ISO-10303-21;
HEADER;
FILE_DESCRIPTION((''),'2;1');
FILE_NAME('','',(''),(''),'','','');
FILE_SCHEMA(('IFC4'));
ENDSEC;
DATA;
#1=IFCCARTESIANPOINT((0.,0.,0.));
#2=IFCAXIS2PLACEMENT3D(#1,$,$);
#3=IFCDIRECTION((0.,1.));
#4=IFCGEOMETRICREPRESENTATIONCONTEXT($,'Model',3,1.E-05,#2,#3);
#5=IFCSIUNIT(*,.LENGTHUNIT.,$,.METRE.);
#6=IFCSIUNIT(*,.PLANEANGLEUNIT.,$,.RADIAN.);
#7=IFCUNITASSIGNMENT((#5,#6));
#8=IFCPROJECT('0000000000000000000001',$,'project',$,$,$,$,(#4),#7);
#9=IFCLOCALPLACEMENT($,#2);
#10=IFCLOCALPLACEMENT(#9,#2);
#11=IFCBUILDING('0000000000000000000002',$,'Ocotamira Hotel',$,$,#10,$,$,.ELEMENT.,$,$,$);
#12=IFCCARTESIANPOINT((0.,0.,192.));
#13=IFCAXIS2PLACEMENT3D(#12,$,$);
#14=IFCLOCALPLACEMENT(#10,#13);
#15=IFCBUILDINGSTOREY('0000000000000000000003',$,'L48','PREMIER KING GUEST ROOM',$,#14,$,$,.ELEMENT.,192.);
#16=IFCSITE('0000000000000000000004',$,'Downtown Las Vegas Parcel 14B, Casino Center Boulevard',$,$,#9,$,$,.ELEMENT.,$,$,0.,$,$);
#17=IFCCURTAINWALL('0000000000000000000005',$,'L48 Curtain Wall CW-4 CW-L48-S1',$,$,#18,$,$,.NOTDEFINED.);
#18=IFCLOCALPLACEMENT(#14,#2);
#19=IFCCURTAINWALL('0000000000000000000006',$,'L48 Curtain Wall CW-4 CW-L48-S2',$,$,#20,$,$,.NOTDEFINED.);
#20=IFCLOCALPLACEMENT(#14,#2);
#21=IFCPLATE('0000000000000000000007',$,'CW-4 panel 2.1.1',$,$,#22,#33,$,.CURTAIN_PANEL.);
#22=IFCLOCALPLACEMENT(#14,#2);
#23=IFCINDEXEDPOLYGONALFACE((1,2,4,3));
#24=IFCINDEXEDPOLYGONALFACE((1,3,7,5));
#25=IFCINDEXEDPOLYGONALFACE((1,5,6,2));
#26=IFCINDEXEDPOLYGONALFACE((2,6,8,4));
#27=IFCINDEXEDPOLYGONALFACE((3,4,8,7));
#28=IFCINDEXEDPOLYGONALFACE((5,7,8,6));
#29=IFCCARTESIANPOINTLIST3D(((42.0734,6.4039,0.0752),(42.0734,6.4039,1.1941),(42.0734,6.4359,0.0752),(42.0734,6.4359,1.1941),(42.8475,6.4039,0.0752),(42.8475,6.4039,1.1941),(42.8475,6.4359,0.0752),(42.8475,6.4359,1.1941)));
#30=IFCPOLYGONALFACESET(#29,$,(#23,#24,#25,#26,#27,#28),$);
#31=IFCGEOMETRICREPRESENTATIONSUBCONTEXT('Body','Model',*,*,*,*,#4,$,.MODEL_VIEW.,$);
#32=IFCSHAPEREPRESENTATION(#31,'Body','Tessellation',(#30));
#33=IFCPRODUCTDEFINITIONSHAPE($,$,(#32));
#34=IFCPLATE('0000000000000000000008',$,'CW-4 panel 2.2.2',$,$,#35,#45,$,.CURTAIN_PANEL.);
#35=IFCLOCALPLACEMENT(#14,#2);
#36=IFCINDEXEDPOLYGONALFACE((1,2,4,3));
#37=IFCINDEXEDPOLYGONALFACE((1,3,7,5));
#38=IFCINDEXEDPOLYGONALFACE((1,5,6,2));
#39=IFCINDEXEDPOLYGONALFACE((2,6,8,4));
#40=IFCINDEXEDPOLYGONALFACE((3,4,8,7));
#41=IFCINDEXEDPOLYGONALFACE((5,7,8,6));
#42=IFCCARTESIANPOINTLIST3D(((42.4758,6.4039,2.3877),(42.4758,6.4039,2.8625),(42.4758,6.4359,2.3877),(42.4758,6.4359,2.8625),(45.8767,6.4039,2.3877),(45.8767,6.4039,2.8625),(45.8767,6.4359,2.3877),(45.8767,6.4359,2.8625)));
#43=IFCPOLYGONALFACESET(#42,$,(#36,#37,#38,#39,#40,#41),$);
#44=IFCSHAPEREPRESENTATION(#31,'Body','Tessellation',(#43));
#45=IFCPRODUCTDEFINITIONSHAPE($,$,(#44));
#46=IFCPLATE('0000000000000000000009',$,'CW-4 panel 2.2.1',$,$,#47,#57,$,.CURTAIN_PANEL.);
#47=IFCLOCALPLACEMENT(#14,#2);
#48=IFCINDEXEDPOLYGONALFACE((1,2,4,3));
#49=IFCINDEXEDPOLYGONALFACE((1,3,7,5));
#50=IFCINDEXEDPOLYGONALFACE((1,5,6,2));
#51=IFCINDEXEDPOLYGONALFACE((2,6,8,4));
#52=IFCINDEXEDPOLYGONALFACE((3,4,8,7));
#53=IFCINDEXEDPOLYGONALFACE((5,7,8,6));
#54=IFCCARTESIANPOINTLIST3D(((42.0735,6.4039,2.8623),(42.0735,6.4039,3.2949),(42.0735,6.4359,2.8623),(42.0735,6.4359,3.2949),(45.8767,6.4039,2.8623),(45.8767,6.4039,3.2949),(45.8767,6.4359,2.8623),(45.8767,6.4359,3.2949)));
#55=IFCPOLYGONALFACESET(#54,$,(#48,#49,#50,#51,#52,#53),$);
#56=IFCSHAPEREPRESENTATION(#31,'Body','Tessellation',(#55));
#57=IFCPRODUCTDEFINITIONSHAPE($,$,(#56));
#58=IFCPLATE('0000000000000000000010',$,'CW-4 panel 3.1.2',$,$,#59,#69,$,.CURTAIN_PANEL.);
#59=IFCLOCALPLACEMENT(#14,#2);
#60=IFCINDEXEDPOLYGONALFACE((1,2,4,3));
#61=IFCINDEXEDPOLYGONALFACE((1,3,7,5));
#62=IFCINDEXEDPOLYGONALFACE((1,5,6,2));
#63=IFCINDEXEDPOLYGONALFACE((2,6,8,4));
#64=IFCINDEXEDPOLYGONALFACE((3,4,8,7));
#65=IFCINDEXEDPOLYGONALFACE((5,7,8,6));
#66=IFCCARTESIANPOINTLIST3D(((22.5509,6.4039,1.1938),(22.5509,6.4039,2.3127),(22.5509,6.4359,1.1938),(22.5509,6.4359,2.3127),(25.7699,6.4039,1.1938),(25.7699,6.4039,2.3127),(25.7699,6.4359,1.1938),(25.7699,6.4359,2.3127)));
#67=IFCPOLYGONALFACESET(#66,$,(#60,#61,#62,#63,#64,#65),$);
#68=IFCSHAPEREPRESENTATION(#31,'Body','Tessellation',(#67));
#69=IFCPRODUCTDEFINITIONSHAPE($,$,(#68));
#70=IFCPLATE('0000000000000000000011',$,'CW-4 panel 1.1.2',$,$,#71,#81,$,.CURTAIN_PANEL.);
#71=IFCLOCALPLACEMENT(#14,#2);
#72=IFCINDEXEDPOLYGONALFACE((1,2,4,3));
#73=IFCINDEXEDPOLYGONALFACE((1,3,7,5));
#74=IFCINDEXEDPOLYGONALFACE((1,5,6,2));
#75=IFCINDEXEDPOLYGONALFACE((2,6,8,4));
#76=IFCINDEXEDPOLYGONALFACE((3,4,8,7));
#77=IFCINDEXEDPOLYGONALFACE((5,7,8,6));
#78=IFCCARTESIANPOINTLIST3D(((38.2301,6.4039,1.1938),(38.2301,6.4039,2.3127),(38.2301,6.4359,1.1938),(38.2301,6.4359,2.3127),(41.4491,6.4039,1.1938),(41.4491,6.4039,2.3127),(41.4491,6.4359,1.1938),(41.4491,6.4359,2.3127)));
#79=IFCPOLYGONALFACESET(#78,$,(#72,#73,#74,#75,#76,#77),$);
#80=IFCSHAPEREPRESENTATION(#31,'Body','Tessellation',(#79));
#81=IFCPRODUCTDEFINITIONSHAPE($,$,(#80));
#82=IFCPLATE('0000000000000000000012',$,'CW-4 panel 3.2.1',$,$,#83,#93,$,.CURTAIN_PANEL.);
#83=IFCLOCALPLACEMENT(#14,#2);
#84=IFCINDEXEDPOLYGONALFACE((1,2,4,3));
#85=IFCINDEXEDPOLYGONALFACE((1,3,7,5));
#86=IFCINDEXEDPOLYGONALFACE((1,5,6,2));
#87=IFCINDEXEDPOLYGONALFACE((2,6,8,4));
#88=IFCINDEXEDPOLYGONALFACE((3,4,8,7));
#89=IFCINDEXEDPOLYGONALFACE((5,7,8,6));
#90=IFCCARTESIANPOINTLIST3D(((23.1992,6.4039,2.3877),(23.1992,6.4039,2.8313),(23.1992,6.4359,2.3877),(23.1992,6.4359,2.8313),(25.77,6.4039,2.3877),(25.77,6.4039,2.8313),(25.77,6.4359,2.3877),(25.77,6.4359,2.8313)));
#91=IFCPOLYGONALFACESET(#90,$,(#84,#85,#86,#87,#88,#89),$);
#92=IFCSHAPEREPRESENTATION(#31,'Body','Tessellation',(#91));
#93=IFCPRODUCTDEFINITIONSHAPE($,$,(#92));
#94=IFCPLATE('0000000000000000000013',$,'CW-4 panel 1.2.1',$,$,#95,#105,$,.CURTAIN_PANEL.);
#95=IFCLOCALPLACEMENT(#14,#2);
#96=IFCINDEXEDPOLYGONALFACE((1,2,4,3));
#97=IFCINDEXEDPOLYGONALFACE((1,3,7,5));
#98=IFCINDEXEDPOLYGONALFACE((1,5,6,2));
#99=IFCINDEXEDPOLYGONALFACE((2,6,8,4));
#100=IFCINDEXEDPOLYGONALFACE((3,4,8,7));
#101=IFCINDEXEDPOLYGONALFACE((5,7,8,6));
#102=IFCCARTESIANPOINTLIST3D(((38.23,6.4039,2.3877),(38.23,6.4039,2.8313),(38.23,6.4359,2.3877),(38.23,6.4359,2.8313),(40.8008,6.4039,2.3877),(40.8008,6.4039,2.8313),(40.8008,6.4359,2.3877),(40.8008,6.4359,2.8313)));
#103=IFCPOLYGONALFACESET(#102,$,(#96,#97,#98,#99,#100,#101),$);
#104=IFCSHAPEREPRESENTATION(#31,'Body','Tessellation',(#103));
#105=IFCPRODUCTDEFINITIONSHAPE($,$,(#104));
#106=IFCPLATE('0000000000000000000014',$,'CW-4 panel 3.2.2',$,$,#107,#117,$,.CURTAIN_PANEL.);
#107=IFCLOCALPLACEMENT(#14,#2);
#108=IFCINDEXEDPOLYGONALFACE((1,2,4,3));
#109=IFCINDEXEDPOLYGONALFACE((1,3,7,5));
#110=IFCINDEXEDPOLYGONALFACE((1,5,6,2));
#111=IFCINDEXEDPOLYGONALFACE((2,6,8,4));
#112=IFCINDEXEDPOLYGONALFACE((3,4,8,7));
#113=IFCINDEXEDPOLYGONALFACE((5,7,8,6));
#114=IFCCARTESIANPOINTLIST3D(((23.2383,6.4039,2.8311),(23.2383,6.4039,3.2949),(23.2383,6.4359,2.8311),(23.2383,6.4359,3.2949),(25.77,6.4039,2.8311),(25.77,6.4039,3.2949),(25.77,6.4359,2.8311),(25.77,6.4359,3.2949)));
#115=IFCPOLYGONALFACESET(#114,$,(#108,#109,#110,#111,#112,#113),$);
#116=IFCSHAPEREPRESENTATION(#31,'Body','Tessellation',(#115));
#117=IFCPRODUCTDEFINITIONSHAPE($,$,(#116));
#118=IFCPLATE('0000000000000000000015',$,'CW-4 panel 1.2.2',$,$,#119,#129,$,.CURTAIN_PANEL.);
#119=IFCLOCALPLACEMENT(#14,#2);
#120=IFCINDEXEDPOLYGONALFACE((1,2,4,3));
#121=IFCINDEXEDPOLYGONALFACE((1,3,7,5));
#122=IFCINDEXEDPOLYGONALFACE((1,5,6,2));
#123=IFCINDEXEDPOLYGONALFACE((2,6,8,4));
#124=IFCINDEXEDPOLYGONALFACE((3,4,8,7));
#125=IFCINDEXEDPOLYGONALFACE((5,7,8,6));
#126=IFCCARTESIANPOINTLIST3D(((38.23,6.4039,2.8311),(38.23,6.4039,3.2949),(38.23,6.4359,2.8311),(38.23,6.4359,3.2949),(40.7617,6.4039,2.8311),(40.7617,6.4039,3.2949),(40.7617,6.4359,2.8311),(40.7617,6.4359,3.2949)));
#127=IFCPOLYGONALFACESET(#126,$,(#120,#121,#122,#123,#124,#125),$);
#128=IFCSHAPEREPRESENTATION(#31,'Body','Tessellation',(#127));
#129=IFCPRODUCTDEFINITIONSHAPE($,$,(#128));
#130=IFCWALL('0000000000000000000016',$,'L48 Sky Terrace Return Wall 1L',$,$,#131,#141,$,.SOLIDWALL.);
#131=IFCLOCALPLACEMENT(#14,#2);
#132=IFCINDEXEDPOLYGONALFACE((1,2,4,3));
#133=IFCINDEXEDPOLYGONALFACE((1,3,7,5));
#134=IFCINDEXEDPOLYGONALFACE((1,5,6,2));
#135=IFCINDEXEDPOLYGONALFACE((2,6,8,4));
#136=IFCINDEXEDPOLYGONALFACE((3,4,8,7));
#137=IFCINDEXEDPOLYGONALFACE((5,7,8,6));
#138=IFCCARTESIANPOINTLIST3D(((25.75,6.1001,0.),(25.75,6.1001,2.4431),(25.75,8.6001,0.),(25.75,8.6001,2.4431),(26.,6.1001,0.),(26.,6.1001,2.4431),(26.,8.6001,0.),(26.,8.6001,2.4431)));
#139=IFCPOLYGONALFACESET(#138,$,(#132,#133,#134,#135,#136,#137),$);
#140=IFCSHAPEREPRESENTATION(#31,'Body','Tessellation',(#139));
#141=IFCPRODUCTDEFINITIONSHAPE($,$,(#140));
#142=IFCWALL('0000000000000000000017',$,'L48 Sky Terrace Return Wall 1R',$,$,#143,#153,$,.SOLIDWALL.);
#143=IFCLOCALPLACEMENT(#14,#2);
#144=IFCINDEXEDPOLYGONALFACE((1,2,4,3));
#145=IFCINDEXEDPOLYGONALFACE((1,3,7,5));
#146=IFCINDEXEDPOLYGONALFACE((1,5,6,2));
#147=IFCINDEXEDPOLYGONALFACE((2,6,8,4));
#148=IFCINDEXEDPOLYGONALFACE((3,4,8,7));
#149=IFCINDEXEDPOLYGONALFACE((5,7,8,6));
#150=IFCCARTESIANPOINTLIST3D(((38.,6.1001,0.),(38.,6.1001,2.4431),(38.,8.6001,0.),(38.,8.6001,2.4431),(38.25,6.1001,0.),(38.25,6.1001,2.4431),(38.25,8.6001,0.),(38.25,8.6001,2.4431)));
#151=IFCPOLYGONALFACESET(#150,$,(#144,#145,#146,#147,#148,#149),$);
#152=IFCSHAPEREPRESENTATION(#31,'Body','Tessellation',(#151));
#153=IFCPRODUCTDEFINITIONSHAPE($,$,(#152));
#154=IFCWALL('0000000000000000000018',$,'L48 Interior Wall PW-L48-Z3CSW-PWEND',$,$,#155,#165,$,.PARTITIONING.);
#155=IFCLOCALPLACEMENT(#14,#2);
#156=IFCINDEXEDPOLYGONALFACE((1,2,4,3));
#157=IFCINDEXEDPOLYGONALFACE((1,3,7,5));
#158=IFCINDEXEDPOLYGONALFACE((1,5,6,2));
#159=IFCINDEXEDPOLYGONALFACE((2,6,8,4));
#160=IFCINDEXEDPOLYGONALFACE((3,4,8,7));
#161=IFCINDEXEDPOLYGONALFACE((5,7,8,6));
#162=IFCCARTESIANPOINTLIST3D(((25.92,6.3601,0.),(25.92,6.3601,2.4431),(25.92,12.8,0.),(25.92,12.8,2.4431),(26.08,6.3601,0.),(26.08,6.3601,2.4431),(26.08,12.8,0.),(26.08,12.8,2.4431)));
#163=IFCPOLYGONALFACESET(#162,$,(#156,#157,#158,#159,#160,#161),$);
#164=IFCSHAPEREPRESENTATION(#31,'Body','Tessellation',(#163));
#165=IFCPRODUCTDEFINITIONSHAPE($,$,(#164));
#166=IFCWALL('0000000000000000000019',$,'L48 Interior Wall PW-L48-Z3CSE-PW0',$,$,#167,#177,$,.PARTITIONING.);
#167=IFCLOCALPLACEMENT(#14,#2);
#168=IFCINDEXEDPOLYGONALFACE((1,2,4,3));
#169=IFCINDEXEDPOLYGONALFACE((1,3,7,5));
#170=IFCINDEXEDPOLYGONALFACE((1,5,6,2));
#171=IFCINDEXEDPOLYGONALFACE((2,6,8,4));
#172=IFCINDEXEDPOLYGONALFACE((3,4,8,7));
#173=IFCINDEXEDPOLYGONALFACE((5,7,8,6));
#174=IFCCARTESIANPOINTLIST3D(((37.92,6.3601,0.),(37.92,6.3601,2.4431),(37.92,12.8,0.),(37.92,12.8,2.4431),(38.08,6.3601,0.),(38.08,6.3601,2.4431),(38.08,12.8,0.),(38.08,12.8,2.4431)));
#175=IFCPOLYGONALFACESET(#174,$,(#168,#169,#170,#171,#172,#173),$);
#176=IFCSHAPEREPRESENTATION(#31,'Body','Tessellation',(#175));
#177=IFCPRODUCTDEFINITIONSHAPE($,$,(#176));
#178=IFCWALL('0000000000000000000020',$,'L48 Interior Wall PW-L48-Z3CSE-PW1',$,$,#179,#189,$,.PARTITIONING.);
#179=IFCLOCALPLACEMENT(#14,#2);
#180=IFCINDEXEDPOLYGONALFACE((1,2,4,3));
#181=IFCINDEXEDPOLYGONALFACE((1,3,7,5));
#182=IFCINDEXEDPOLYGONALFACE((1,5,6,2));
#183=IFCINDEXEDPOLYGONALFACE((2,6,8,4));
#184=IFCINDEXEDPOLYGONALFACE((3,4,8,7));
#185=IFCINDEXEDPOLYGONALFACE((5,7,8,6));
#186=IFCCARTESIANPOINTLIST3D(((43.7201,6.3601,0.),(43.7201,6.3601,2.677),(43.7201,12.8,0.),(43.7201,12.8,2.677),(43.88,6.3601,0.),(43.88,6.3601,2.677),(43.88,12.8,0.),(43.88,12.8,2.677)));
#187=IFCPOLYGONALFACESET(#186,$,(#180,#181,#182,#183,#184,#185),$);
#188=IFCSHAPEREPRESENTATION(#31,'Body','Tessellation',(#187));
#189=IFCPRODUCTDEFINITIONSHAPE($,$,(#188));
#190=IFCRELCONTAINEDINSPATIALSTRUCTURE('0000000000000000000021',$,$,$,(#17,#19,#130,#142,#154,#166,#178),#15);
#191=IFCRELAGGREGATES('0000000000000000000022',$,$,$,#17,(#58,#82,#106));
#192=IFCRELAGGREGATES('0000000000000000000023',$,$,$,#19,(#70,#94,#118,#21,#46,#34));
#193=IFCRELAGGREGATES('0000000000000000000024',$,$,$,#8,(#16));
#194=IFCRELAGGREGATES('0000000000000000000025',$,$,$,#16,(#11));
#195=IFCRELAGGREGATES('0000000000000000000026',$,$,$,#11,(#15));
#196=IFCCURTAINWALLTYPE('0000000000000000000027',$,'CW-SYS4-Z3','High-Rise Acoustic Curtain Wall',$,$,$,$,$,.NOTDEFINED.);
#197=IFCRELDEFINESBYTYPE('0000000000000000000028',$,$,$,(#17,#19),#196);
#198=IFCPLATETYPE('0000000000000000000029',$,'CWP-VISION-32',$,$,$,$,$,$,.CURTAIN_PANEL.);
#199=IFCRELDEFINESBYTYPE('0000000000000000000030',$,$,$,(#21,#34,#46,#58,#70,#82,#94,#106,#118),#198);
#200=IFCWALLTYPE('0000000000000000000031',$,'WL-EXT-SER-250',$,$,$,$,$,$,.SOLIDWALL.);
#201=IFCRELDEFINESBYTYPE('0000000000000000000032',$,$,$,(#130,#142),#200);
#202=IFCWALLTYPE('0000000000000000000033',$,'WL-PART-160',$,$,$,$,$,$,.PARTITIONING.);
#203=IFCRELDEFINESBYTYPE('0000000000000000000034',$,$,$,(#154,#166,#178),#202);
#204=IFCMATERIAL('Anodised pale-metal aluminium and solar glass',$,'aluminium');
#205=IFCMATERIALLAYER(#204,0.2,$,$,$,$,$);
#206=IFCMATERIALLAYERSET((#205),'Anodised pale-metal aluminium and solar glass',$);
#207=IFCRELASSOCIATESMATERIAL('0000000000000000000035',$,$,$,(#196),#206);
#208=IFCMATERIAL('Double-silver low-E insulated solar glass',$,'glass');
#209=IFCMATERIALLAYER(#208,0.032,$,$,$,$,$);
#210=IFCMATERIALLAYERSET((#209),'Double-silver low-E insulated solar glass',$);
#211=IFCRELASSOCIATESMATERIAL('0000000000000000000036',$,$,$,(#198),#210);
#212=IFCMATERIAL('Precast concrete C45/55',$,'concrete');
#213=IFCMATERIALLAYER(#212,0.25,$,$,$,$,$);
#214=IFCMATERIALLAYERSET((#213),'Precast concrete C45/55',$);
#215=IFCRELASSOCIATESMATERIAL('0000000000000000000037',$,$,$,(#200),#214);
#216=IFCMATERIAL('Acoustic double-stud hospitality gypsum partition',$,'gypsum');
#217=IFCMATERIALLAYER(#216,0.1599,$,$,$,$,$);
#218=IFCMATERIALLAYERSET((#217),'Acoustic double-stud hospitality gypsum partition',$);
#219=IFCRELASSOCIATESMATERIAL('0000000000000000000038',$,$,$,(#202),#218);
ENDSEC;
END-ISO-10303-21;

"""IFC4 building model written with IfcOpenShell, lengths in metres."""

from ifc_helpers import new_model, si_unit, direction, frame, frame_2d, origin, origin_2d, place, context, subcontext, project, spatial, rectangle, extrude, source, transform, mapped, material, layer, layer_set, type_object, element, aggregate, save


model = new_model("IFC4")

# Units and contexts
model_context = context("Model", 3, precision=1e-05, world=origin(), true_north=direction((0.0, 1.0)))
body_context = subcontext(model_context, "Body", "Model", "MODEL_VIEW")
ifc_project = project(units=[si_unit("LENGTHUNIT", "METRE"), si_unit("PLANEANGLEUNIT", "RADIAN")], contexts=[model_context])

# Site, building, storey
site_placement = place(None, origin())
site = spatial("IfcSite", under=ifc_project, at=site_placement, Name="Downtown Las Vegas Parcel 14B, Casino Center Boulevard", CompositionType="ELEMENT", RefElevation=0.0)
building_placement = place(site_placement, origin())
building = spatial("IfcBuilding", under=site, at=building_placement, Name="Ocotamira Hotel", CompositionType="ELEMENT")
storey_placement = place(building_placement, frame((0.0, 0.0, 192.0)))
storey = spatial("IfcBuildingStorey", under=building, at=storey_placement, Name="L48", Description="PREMIER KING GUEST ROOM", CompositionType="ELEMENT", Elevation=192.0)

# Curtain wall
ifc_material_1 = material(Name="Anodised pale-metal aluminium and solar glass", Category="aluminium")
ifc_layer_1 = layer(ifc_material_1, 0.2)
ifc_layer_set_1 = layer_set([ifc_layer_1], Name="Anodised pale-metal aluminium and solar glass")
curtain_wall_type = type_object("IfcCurtainWallType", Name="CW-SYS4-Z3", Description="High-Rise Acoustic Curtain Wall", PredefinedType="NOTDEFINED", material=ifc_layer_set_1)
curtain_wall_1_placement = place(storey_placement, origin())
curtain_wall_1 = element("IfcCurtainWall", 1, at=curtain_wall_1_placement, inside=storey, type_object=curtain_wall_type, Name="L48 Curtain Wall CW-4 CW-L48-S1", PredefinedType="NOTDEFINED")

# Curtain wall
curtain_wall_2_placement = place(storey_placement, origin())
curtain_wall_2 = element("IfcCurtainWall", 2, at=curtain_wall_2_placement, inside=storey, type_object=curtain_wall_type, Name="L48 Curtain Wall CW-4 CW-L48-S2", PredefinedType="NOTDEFINED")

# Plates
ifc_material_2 = material(Name="Double-silver low-E insulated solar glass", Category="glass")
ifc_layer_2 = layer(ifc_material_2, 0.032)
ifc_layer_set_2 = layer_set([ifc_layer_2], Name="Double-silver low-E insulated solar glass")
plate_type_1 = type_object("IfcPlateType", Name="CWP-VISION-32", PredefinedType="CURTAIN_PANEL", material=ifc_layer_set_2)
shared_shape_1 = source(origin(), body_context, "Body", "SweptSolid", [
    extrude(rectangle(XDim=0.7742, YDim=0.032, at=origin_2d()), origin(), (0.0, 0.0, 1.0), 1.1189),
])
plate_1_placement = place(storey_placement, frame((42.4604, 6.4199, 0.0752), z_axis=(0.0, 0.0, 1.0), x_axis=(1.0, 0.0, 0.0)))
plate_1 = element("IfcPlate", 3, at=plate_1_placement, type_object=plate_type_1, Name="CW-4 panel 2.1.1", PredefinedType="CURTAIN_PANEL", context=body_context, shape_type="MappedRepresentation", body=[
    mapped(shared_shape_1, transform((0.0, 0.0, 0.0), scale=1.0)),
])
shared_shape_2 = source(origin(), body_context, "Body", "SweptSolid", [
    extrude(rectangle(XDim=3.4009, YDim=0.032, at=origin_2d()), origin(), (0.0, 0.0, 1.0), 0.4749),
])
plate_2_placement = place(storey_placement, frame((44.1763, 6.4199, 2.3877), z_axis=(0.0, 0.0, 1.0), x_axis=(1.0, 0.0, 0.0)))
plate_2 = element("IfcPlate", 4, at=plate_2_placement, type_object=plate_type_1, Name="CW-4 panel 2.2.2", PredefinedType="CURTAIN_PANEL", context=body_context, shape_type="MappedRepresentation", body=[
    mapped(shared_shape_2, transform((0.0, 0.0, 0.0), scale=1.0)),
])
shared_shape_3 = source(origin(), body_context, "Body", "SweptSolid", [
    extrude(rectangle(XDim=3.8032, YDim=0.032, at=origin_2d()), origin(), (0.0, 0.0, 1.0), 0.4326),
])
plate_3_placement = place(storey_placement, frame((43.9751, 6.4199, 2.8623), z_axis=(0.0, 0.0, 1.0), x_axis=(1.0, 0.0, 0.0)))
plate_3 = element("IfcPlate", 5, at=plate_3_placement, type_object=plate_type_1, Name="CW-4 panel 2.2.1", PredefinedType="CURTAIN_PANEL", context=body_context, shape_type="MappedRepresentation", body=[
    mapped(shared_shape_3, transform((0.0, 0.0, 0.0), scale=1.0)),
])
shared_shape_4 = source(origin(), body_context, "Body", "SweptSolid", [
    extrude(rectangle(XDim=3.219, YDim=0.032, at=origin_2d()), origin(), (0.0, 0.0, 1.0), 1.1189),
])
plate_4_placement = place(storey_placement, frame((24.1604, 6.4199, 1.1938), z_axis=(0.0, 0.0, 1.0), x_axis=(1.0, 0.0, 0.0)))
plate_4 = element("IfcPlate", 6, at=plate_4_placement, type_object=plate_type_1, Name="CW-4 panel 3.1.2", PredefinedType="CURTAIN_PANEL", context=body_context, shape_type="MappedRepresentation", body=[
    mapped(shared_shape_4, transform((0.0, 0.0, 0.0), scale=1.0)),
])
plate_5_placement = place(storey_placement, frame((39.8396, 6.4199, 1.1938), z_axis=(0.0, 0.0, 1.0), x_axis=(1.0, 0.0, 0.0)))
plate_5 = element("IfcPlate", 7, at=plate_5_placement, type_object=plate_type_1, Name="CW-4 panel 1.1.2", PredefinedType="CURTAIN_PANEL", context=body_context, shape_type="MappedRepresentation", body=[
    mapped(shared_shape_4, transform((0.0, 0.0, 0.0), scale=1.0)),
])
shared_shape_5 = source(origin(), body_context, "Body", "SweptSolid", [
    extrude(rectangle(XDim=2.5708, YDim=0.032, at=origin_2d()), origin(), (0.0, 0.0, 1.0), 0.4436),
])
plate_6_placement = place(storey_placement, frame((24.4846, 6.4199, 2.3877), z_axis=(0.0, 0.0, 1.0), x_axis=(1.0, 0.0, 0.0)))
plate_6 = element("IfcPlate", 8, at=plate_6_placement, type_object=plate_type_1, Name="CW-4 panel 3.2.1", PredefinedType="CURTAIN_PANEL", context=body_context, shape_type="MappedRepresentation", body=[
    mapped(shared_shape_5, transform((0.0, 0.0, 0.0), scale=1.0)),
])
plate_7_placement = place(storey_placement, frame((39.5154, 6.4199, 2.3877), z_axis=(0.0, 0.0, 1.0), x_axis=(1.0, 0.0, 0.0)))
plate_7 = element("IfcPlate", 9, at=plate_7_placement, type_object=plate_type_1, Name="CW-4 panel 1.2.1", PredefinedType="CURTAIN_PANEL", context=body_context, shape_type="MappedRepresentation", body=[
    mapped(shared_shape_5, transform((0.0, 0.0, 0.0), scale=1.0)),
])
shared_shape_6 = source(origin(), body_context, "Body", "SweptSolid", [
    extrude(rectangle(XDim=2.5317, YDim=0.032, at=origin_2d()), origin(), (0.0, 0.0, 1.0), 0.4639),
])
plate_8_placement = place(storey_placement, frame((24.5042, 6.4199, 2.8311), z_axis=(0.0, 0.0, 1.0), x_axis=(1.0, 0.0, 0.0)))
plate_8 = element("IfcPlate", 10, at=plate_8_placement, type_object=plate_type_1, Name="CW-4 panel 3.2.2", PredefinedType="CURTAIN_PANEL", context=body_context, shape_type="MappedRepresentation", body=[
    mapped(shared_shape_6, transform((0.0, 0.0, 0.0), scale=1.0)),
])
aggregate(curtain_wall_1, [plate_4, plate_6, plate_8])
plate_9_placement = place(storey_placement, frame((39.4958, 6.4199, 2.8311), z_axis=(0.0, 0.0, 1.0), x_axis=(1.0, 0.0, 0.0)))
plate_9 = element("IfcPlate", 11, at=plate_9_placement, type_object=plate_type_1, Name="CW-4 panel 1.2.2", PredefinedType="CURTAIN_PANEL", context=body_context, shape_type="MappedRepresentation", body=[
    mapped(shared_shape_6, transform((0.0, 0.0, 0.0), scale=1.0)),
])
aggregate(curtain_wall_2, [plate_5, plate_7, plate_9, plate_1, plate_3, plate_2])

# Walls
ifc_material_3 = material(Name="Precast concrete C45/55", Category="concrete")
ifc_layer_3 = layer(ifc_material_3, 0.25)
ifc_layer_set_3 = layer_set([ifc_layer_3], Name="Precast concrete C45/55")
wall_type_1 = type_object("IfcWallType", Name="WL-EXT-SER-250", PredefinedType="SOLIDWALL", material=ifc_layer_set_3)
for number, where, z_axis, x_axis, name in (
    (12, (25.875, 6.1001, 0.0), (0.0, 0.0, 1.0), (0.0, 1.0, 0.0), "L48 Sky Terrace Return Wall 1L"),
    (13, (38.125, 6.1001, 0.0), (0.0, 0.0, 1.0), (0.0, 1.0, 0.0), "L48 Sky Terrace Return Wall 1R"),
):
    element("IfcWall", number, at=place(storey_placement, frame(where, z_axis=z_axis, x_axis=x_axis)), inside=storey, type_object=wall_type_1, Name=name, PredefinedType="SOLIDWALL", context=body_context, shape_type="SweptSolid", body=[
        extrude(rectangle(XDim=2.5, YDim=0.25, at=frame_2d((1.25, 0.0))), origin(), (0.0, 0.0, 1.0), 2.4431),
    ])
ifc_material_4 = material(Name="Acoustic double-stud hospitality gypsum partition", Category="gypsum")
ifc_layer_4 = layer(ifc_material_4, 0.1599)
ifc_layer_set_4 = layer_set([ifc_layer_4], Name="Acoustic double-stud hospitality gypsum partition")
wall_type_2 = type_object("IfcWallType", Name="WL-PART-160", PredefinedType="PARTITIONING", material=ifc_layer_set_4)
for number, where, z_axis, x_axis, name in (
    (14, (26.0, 6.3601, 0.0), (0.0, 0.0, 1.0), (0.0, 1.0, 0.0), "L48 Interior Wall PW-L48-Z3CSW-PWEND"),
    (15, (38.0, 6.3601, 0.0), (0.0, 0.0, 1.0), (0.0, 1.0, 0.0), "L48 Interior Wall PW-L48-Z3CSE-PW0"),
):
    element("IfcWall", number, at=place(storey_placement, frame(where, z_axis=z_axis, x_axis=x_axis)), inside=storey, type_object=wall_type_2, Name=name, PredefinedType="PARTITIONING", context=body_context, shape_type="SweptSolid", body=[
        extrude(rectangle(XDim=6.4399, YDim=0.1599, at=frame_2d((3.22, 0.0))), origin(), (0.0, 0.0, 1.0), 2.4431),
    ])
wall_placement = place(storey_placement, frame((43.8, 6.3601, 0.0), z_axis=(0.0, 0.0, 1.0), x_axis=(0.0, 1.0, 0.0)))
element("IfcWall", 16, at=wall_placement, inside=storey, type_object=wall_type_2, Name="L48 Interior Wall PW-L48-Z3CSE-PW1", PredefinedType="PARTITIONING", context=body_context, shape_type="SweptSolid", body=[
    extrude(rectangle(XDim=6.4399, YDim=0.1599, at=frame_2d((3.22, 0.0))), origin(), (0.0, 0.0, 1.0), 2.677),
])

save(model, "model.ifc")
